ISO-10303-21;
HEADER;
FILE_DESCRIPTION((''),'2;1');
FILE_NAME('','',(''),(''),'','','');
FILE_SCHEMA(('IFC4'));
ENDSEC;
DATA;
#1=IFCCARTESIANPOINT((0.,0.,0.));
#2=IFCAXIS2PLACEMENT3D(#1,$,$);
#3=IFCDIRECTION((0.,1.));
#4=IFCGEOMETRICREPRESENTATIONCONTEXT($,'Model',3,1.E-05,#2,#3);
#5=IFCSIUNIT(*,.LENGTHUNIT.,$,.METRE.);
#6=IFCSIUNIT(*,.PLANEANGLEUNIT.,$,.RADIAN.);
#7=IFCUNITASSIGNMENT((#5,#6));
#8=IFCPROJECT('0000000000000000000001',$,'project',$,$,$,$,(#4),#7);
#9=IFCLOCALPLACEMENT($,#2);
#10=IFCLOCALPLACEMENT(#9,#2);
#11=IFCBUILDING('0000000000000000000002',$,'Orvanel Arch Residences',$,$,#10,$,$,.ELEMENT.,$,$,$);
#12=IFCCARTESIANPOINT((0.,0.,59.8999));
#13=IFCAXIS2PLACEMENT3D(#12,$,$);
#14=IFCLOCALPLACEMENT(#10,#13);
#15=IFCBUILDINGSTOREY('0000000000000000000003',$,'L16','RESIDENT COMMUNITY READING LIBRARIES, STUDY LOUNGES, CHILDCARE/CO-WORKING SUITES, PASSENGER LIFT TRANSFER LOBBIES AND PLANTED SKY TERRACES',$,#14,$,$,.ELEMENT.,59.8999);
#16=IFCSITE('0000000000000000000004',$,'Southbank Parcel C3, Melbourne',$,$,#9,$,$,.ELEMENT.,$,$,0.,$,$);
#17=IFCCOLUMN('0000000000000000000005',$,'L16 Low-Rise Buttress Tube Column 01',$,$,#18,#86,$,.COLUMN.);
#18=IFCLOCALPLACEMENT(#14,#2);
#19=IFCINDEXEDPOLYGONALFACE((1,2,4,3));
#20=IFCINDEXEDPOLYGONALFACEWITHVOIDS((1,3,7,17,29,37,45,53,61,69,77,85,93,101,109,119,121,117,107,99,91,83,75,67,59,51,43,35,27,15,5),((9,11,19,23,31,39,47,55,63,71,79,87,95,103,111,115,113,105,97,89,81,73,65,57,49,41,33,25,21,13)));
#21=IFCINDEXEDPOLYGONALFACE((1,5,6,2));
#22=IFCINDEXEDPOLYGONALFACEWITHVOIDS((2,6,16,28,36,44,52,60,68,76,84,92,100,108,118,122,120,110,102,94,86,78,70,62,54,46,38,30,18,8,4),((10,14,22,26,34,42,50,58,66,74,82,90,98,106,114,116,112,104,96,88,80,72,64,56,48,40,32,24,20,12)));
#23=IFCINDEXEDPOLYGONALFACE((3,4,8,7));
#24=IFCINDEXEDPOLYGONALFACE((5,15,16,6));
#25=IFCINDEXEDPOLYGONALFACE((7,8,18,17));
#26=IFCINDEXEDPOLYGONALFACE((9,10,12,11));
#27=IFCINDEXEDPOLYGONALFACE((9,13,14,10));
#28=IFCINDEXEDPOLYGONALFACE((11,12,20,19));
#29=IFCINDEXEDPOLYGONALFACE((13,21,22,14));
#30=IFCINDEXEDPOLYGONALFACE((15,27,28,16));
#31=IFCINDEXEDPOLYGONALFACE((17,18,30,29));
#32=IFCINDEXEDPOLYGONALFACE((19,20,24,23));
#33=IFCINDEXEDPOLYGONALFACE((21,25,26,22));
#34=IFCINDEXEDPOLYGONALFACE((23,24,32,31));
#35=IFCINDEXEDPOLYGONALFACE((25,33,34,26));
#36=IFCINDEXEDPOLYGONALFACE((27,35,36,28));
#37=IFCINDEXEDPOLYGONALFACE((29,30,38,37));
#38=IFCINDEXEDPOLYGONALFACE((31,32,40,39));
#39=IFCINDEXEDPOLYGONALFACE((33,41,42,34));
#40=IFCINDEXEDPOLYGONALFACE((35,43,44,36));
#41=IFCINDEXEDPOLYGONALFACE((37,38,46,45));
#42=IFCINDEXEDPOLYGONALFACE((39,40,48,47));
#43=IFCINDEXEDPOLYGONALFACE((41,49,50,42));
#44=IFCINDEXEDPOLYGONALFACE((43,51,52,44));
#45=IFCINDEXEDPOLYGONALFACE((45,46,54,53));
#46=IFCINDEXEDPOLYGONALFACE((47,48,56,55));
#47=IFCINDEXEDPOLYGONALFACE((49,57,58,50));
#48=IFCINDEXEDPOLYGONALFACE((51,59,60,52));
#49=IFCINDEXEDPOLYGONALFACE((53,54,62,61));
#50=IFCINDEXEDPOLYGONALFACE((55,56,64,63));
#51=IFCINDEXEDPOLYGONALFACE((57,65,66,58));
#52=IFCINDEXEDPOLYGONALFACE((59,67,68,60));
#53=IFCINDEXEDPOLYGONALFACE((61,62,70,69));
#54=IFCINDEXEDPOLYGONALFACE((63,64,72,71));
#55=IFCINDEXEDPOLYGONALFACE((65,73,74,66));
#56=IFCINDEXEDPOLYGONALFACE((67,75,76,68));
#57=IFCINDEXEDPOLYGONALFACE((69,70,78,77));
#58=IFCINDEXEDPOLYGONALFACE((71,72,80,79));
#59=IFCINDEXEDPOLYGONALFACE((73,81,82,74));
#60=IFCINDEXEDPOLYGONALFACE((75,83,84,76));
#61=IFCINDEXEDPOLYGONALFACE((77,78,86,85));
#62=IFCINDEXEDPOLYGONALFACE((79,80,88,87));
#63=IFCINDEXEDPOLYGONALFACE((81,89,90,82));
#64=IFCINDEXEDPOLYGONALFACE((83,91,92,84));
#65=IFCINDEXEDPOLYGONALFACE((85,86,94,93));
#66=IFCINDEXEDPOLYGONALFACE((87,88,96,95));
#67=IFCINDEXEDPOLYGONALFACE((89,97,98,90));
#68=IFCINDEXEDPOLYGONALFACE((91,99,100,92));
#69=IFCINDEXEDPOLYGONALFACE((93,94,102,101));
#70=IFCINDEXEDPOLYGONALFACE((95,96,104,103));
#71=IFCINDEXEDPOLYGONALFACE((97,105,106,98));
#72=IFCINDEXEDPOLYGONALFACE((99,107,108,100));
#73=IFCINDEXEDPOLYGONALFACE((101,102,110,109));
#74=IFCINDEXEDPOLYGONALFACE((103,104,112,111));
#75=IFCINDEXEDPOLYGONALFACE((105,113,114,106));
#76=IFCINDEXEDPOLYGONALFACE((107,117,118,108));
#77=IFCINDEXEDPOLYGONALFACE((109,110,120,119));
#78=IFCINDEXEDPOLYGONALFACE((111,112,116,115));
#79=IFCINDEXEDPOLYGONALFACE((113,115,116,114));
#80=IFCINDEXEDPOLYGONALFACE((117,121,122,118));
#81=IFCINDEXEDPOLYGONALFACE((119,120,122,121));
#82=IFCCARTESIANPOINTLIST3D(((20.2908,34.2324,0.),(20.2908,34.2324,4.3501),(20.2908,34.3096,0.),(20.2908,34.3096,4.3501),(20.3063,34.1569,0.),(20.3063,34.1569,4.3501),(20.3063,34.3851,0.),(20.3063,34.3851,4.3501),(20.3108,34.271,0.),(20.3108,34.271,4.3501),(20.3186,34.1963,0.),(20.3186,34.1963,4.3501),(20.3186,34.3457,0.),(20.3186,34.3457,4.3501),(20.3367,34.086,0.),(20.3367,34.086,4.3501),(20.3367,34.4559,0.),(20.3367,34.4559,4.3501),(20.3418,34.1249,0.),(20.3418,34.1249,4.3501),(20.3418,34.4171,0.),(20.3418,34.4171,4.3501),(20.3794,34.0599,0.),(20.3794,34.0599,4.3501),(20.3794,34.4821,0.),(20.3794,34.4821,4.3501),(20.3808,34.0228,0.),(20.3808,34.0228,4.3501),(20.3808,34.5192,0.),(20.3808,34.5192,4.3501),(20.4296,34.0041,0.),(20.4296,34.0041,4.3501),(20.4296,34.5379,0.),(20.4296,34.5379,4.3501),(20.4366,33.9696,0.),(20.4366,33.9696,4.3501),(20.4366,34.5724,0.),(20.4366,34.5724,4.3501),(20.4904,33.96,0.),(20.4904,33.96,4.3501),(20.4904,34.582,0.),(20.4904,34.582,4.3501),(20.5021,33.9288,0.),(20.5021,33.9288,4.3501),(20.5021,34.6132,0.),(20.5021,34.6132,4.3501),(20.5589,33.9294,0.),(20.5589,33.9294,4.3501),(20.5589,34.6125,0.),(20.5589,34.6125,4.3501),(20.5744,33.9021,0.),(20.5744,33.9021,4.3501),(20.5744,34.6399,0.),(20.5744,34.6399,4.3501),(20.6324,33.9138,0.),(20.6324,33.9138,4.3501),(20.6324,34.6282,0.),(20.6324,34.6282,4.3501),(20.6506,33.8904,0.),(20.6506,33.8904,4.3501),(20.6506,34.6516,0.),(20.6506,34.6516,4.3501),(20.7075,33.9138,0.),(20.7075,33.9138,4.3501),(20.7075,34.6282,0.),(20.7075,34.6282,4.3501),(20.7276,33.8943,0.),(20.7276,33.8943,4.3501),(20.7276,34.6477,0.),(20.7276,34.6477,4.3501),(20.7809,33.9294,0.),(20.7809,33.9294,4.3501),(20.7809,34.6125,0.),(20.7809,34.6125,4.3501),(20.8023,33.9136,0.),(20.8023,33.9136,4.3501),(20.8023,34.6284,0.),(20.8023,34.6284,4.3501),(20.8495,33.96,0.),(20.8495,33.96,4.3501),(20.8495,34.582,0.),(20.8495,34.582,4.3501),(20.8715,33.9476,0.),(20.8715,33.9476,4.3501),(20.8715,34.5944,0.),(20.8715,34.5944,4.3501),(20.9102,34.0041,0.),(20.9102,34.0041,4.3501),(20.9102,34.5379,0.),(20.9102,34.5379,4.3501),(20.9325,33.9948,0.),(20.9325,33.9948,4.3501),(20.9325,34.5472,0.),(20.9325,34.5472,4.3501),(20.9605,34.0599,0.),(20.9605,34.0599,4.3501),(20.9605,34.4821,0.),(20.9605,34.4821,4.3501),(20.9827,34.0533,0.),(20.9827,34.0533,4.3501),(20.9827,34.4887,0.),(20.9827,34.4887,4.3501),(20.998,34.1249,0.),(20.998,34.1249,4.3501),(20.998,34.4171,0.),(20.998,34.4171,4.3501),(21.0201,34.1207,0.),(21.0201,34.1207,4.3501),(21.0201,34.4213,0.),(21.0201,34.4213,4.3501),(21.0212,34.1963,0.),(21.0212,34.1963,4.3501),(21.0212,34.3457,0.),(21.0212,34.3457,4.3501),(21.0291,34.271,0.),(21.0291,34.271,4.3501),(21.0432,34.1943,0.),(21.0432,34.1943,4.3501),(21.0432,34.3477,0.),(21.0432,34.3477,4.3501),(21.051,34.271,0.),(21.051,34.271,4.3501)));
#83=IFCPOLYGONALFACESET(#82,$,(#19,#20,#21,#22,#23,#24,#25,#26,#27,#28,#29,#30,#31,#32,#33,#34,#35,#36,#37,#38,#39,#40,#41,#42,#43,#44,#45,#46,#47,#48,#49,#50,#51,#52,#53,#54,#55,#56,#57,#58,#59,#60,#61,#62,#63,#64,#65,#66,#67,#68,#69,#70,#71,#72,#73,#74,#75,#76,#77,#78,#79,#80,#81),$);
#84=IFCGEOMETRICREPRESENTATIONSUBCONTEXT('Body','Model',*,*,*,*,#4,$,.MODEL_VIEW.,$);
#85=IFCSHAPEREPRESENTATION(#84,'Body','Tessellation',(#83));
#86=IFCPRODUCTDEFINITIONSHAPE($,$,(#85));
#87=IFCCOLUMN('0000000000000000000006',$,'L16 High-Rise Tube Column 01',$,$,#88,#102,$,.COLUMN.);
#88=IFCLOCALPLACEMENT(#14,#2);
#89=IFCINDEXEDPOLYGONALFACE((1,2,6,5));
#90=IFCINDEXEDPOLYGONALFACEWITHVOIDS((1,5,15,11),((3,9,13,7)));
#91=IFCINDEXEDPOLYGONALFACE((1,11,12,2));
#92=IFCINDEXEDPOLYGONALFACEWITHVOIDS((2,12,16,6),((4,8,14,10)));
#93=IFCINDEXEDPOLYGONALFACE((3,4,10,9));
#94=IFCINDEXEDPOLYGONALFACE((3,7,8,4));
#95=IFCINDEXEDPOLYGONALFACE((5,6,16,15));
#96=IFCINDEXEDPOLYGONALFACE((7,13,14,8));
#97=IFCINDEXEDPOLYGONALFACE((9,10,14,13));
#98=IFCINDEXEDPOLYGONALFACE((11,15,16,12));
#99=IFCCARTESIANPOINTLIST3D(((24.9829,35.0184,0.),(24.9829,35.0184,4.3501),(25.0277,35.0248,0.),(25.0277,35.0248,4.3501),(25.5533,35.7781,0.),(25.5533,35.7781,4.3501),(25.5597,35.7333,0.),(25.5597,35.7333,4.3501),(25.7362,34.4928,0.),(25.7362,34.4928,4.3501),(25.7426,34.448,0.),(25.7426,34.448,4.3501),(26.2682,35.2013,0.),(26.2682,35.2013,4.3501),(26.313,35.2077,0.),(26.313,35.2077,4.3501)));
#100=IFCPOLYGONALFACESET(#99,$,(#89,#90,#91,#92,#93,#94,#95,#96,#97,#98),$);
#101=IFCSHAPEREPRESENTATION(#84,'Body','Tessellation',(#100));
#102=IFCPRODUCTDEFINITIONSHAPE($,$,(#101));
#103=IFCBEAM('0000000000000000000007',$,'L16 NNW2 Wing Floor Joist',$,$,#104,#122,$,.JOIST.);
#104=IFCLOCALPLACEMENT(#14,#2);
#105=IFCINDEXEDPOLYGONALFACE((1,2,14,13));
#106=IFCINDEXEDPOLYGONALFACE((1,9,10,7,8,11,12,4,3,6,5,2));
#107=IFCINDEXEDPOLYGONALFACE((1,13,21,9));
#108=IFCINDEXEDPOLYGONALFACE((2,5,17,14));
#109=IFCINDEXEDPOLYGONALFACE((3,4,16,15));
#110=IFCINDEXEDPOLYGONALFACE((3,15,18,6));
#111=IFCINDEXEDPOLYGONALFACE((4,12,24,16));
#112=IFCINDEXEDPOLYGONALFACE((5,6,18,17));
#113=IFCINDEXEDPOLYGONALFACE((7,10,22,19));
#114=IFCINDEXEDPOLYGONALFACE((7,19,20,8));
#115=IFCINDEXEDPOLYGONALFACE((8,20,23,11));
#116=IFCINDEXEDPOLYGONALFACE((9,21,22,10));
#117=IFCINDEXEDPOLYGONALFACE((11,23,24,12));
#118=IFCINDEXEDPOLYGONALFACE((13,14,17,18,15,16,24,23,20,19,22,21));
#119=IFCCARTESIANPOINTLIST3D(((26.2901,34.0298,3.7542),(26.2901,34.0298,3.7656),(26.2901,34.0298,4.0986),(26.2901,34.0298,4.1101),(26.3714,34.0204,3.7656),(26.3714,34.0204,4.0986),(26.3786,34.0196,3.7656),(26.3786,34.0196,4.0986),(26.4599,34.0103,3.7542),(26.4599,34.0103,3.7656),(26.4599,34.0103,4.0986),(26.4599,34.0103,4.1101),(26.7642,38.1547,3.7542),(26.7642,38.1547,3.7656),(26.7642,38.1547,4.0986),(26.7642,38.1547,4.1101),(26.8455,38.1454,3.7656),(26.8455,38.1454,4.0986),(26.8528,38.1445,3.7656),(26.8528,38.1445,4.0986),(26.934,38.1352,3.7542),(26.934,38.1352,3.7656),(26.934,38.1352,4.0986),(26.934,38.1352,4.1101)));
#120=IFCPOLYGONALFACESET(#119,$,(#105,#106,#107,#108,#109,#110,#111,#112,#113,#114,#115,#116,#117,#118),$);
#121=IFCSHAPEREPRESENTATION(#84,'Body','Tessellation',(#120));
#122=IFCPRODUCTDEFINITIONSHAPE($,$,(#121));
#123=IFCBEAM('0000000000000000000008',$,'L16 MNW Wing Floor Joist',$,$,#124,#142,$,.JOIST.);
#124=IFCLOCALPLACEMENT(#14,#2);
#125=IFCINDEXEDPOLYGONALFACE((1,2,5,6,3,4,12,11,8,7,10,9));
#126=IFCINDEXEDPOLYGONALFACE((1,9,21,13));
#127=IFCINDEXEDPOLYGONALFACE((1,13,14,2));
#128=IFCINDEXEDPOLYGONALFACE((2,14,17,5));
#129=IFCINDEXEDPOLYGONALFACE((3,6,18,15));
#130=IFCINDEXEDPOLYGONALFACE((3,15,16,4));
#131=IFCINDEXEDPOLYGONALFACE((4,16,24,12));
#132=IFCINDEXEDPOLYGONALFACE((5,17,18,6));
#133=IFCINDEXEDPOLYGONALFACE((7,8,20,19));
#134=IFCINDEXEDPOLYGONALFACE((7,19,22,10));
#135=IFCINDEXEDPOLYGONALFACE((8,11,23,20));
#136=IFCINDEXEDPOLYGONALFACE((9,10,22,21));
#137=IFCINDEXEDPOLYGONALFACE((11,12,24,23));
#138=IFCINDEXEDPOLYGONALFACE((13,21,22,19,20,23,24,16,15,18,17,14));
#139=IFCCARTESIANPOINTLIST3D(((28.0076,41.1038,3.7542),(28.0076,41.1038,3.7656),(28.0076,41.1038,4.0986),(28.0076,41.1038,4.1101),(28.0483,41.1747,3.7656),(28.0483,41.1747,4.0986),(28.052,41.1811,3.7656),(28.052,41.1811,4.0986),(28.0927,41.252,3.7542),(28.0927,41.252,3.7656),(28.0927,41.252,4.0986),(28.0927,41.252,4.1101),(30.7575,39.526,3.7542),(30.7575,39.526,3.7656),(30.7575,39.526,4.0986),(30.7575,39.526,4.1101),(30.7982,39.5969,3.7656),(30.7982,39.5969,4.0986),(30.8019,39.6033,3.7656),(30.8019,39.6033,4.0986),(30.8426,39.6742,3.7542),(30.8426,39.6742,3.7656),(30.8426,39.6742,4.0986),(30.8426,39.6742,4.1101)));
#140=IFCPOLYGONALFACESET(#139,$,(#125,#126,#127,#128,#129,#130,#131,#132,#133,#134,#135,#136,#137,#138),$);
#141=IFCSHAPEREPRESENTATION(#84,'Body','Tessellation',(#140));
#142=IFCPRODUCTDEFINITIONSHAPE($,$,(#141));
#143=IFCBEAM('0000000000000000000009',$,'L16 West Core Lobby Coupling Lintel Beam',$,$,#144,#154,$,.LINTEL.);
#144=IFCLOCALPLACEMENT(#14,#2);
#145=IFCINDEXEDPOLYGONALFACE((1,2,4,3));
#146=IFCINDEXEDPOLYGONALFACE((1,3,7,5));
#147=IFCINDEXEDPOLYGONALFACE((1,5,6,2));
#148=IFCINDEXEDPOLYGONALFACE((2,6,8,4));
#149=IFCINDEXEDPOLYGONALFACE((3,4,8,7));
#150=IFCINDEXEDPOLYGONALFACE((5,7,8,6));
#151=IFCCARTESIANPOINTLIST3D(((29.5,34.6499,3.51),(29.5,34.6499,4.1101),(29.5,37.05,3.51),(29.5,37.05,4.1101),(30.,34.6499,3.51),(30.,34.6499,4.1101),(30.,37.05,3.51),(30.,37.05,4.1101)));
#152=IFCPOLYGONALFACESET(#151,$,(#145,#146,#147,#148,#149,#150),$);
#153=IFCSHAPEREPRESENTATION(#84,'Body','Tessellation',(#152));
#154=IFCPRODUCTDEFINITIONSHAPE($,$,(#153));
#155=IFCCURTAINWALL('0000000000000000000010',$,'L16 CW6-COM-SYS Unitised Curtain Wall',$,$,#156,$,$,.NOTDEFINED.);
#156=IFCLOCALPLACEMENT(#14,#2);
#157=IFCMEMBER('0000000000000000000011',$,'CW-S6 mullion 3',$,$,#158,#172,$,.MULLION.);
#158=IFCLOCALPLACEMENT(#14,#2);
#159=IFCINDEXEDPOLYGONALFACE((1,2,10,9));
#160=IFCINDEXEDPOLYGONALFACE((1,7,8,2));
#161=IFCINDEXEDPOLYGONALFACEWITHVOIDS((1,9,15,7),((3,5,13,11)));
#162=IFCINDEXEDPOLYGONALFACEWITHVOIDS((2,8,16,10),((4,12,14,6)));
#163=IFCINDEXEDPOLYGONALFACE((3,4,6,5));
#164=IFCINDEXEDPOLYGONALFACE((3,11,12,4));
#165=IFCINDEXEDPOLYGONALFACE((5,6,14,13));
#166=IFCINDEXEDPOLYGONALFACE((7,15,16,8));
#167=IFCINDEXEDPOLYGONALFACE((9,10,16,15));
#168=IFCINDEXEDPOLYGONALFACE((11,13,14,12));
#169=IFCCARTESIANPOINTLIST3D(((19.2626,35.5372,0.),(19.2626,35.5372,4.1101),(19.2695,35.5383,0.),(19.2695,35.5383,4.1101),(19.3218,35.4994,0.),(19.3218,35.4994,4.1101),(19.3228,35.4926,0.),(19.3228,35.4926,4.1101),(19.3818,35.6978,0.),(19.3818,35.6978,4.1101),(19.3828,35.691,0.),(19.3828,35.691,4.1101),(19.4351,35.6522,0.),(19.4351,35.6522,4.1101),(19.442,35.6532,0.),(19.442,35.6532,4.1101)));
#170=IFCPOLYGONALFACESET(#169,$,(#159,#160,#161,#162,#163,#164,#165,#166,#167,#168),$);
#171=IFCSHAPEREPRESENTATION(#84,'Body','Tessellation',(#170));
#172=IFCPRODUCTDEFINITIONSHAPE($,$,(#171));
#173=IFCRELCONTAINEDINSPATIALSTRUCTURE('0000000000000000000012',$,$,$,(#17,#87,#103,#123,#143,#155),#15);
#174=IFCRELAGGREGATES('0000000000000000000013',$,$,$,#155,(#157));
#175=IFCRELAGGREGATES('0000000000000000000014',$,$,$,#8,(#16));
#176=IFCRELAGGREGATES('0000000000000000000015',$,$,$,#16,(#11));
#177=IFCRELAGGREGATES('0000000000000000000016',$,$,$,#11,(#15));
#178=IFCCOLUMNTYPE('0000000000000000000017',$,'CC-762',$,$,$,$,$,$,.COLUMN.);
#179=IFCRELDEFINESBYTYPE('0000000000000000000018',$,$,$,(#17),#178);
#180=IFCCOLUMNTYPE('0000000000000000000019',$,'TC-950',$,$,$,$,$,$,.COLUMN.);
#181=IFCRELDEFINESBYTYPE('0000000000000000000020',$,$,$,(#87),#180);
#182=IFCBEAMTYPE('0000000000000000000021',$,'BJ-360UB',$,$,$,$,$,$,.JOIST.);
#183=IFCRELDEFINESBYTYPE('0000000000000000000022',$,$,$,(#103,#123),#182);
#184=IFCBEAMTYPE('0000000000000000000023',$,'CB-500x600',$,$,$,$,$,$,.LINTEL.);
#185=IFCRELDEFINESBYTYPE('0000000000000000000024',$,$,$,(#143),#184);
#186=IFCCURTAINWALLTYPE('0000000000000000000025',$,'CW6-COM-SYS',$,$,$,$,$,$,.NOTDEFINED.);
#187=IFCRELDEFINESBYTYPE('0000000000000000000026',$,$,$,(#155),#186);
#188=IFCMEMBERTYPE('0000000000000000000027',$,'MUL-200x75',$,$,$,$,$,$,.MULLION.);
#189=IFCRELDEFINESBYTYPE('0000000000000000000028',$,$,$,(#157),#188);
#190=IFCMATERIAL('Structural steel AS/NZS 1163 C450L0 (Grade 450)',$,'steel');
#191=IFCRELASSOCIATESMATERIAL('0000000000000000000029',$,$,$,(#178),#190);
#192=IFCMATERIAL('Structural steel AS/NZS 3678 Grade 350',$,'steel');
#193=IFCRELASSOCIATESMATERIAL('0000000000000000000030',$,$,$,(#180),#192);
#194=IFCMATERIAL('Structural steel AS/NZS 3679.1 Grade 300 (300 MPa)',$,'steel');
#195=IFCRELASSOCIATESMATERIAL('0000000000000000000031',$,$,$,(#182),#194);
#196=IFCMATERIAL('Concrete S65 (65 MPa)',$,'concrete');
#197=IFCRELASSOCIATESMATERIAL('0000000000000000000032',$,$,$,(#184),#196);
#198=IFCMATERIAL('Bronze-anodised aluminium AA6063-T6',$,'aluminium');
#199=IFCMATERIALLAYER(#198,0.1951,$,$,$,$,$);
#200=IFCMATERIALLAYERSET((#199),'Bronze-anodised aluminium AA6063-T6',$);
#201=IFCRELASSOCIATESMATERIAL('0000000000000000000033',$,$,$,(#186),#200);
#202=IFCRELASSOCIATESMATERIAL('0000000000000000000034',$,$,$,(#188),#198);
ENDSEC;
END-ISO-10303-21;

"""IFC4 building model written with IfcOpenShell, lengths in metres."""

from ifc_helpers import new_model, si_unit, direction, frame, origin, origin_2d, place, context, subcontext, project, spatial, rectangle, hollow_rectangle, hollow_circle, i_section, extrude, material, layer, layer_set, material_profile, profile_set, type_object, element, aggregate, save


model = new_model("IFC4")

# Units and contexts
model_context = context("Model", 3, precision=1e-05, world=origin(), true_north=direction((0.0, 1.0)))
body_context = subcontext(model_context, "Body", "Model", "MODEL_VIEW")
ifc_project = project(units=[si_unit("LENGTHUNIT", "METRE"), si_unit("PLANEANGLEUNIT", "RADIAN")], contexts=[model_context])

# Site, building, storey
site_placement = place(None, origin())
site = spatial("IfcSite", under=ifc_project, at=site_placement, Name="Southbank Parcel C3, Melbourne", CompositionType="ELEMENT", RefElevation=0.0)
building_placement = place(site_placement, origin())
building = spatial("IfcBuilding", under=site, at=building_placement, Name="Orvanel Arch Residences", CompositionType="ELEMENT")
storey_placement = place(building_placement, frame((0.0, 0.0, 59.8999)))
storey = spatial("IfcBuildingStorey", under=building, at=storey_placement, Name="L16", Description="RESIDENT COMMUNITY READING LIBRARIES, STUDY LOUNGES, CHILDCARE/CO-WORKING SUITES, PASSENGER LIFT TRANSFER LOBBIES AND PLANTED SKY TERRACES", CompositionType="ELEMENT", Elevation=59.8999)

# Columns
ifc_material_1 = material(Name="Structural steel AS/NZS 1163 C450L0 (Grade 450)", Category="steel")
ifc_material_profile_1 = material_profile(ifc_material_1, hollow_circle(Radius=0.3811, WallThickness=0.022, at=origin_2d()), Name="CHS762x22")
ifc_profile_set_1 = profile_set([ifc_material_profile_1], Name="Structural steel AS/NZS 1163 C450L0 (Grade 450)")
column_type_1 = type_object("IfcColumnType", Name="CC-762", PredefinedType="COLUMN", material=ifc_profile_set_1)
column_1_placement = place(storey_placement, frame((20.6699, 34.271, 0.0), z_axis=(0.0, 0.0, 1.0), x_axis=(1.0, 0.0, 0.0)))
element("IfcColumn", 1, at=column_1_placement, inside=storey, type_object=column_type_1, Name="L16 Low-Rise Buttress Tube Column 01", PredefinedType="COLUMN", context=body_context, shape_type="SweptSolid", body=[
    extrude(hollow_circle(Radius=0.3811, WallThickness=0.022, at=origin_2d()), origin(), (0.0, 0.0, 1.0), 4.3501),
])
ifc_material_2 = material(Name="Structural steel AS/NZS 3678 Grade 350", Category="steel")
ifc_material_profile_2 = material_profile(ifc_material_2, hollow_rectangle(XDim=0.95, YDim=0.95, WallThickness=0.032, at=origin_2d()), Name="BOX950x950x32")
ifc_profile_set_2 = profile_set([ifc_material_profile_2], Name="Structural steel AS/NZS 3678 Grade 350")
column_type_2 = type_object("IfcColumnType", Name="TC-950", PredefinedType="COLUMN", material=ifc_profile_set_2)
column_2_placement = place(storey_placement, frame((25.6479, 35.113, 0.0), z_axis=(0.0, 0.0, 1.0), x_axis=(0.60042, 0.799685, 0.0)))
element("IfcColumn", 2, at=column_2_placement, inside=storey, type_object=column_type_2, Name="L16 High-Rise Tube Column 01", PredefinedType="COLUMN", context=body_context, shape_type="SweptSolid", body=[
    extrude(hollow_rectangle(XDim=0.95, YDim=0.95, WallThickness=0.032, at=origin_2d()), origin(), (0.0, 0.0, 1.0), 4.3501),
])

# Beams
ifc_material_3 = material(Name="Structural steel AS/NZS 3679.1 Grade 300 (300 MPa)", Category="steel")
ifc_material_profile_3 = material_profile(ifc_material_3, i_section(OverallWidth=0.1709, OverallDepth=0.356, WebThickness=0.0073, FlangeThickness=0.0115, at=origin_2d()), Name="360UB50.7")
ifc_profile_set_3 = profile_set([ifc_material_profile_3], Name="Structural steel AS/NZS 3679.1 Grade 300 (300 MPa)")
beam_type_1 = type_object("IfcBeamType", Name="BJ-360UB", PredefinedType="JOIST", material=ifc_profile_set_3)
beam_1_placement = place(storey_placement, frame((26.375, 34.02, 3.9321), z_axis=(0.114187, 0.993459, 0.0), x_axis=(-0.993459, 0.114187, 0.0)))
element("IfcBeam", 3, at=beam_1_placement, inside=storey, type_object=beam_type_1, Name="L16 NNW2 Wing Floor Joist", PredefinedType="JOIST", context=body_context, shape_type="SweptSolid", body=[
    extrude(i_section(OverallWidth=0.1709, OverallDepth=0.356, WebThickness=0.0073, FlangeThickness=0.0115, at=origin_2d()), origin(), (0.0, 0.0, 1.0), 4.1521),
])
beam_2_placement = place(storey_placement, frame((30.8, 39.6001, 3.9321), z_axis=(-0.867365, 0.497672, 0.0), x_axis=(-0.497672, -0.867365, 0.0)))
element("IfcBeam", 4, at=beam_2_placement, inside=storey, type_object=beam_type_1, Name="L16 MNW Wing Floor Joist", PredefinedType="JOIST", context=body_context, shape_type="SweptSolid", body=[
    extrude(i_section(OverallWidth=0.1709, OverallDepth=0.356, WebThickness=0.0073, FlangeThickness=0.0115, at=origin_2d()), origin(), (0.0, 0.0, 1.0), 3.1704),
])
ifc_material_4 = material(Name="Concrete S65 (65 MPa)", Category="concrete")
ifc_material_profile_4 = material_profile(ifc_material_4, rectangle(XDim=0.5, YDim=0.6001, at=origin_2d()), Name="RC500x600")
ifc_profile_set_4 = profile_set([ifc_material_profile_4], Name="Concrete S65 (65 MPa)")
beam_type_2 = type_object("IfcBeamType", Name="CB-500x600", PredefinedType="LINTEL", material=ifc_profile_set_4)
beam_3_placement = place(storey_placement, frame((29.75, 34.6499, 3.8101), z_axis=(0.0, 1.0, 0.0), x_axis=(-1.0, 0.0, 0.0)))
element("IfcBeam", 5, at=beam_3_placement, inside=storey, type_object=beam_type_2, Name="L16 West Core Lobby Coupling Lintel Beam", PredefinedType="LINTEL", context=body_context, shape_type="SweptSolid", body=[
    extrude(rectangle(XDim=0.5, YDim=0.6001, at=origin_2d()), origin(), (0.0, 0.0, 1.0), 2.4001),
])

# Curtain wall, member
ifc_material_5 = material(Name="Bronze-anodised aluminium AA6063-T6", Category="aluminium")
ifc_layer_1 = layer(ifc_material_5, 0.1951)
ifc_layer_set_1 = layer_set([ifc_layer_1], Name="Bronze-anodised aluminium AA6063-T6")
curtain_wall_type = type_object("IfcCurtainWallType", Name="CW6-COM-SYS", PredefinedType="NOTDEFINED", material=ifc_layer_set_1)
curtain_wall_placement = place(storey_placement, origin())
curtain_wall = element("IfcCurtainWall", 6, at=curtain_wall_placement, inside=storey, type_object=curtain_wall_type, Name="L16 CW6-COM-SYS Unitised Curtain Wall", PredefinedType="NOTDEFINED")
ifc_material_profile_5 = material_profile(ifc_material_5, hollow_rectangle(XDim=0.075, YDim=0.2, WallThickness=0.0049, at=origin_2d()), Name="ALU200x75x5")
ifc_profile_set_5 = profile_set([ifc_material_profile_5], Name="Bronze-anodised aluminium AA6063-T6")
member_type_1 = type_object("IfcMemberType", Name="MUL-200x75", PredefinedType="MULLION", material=ifc_profile_set_5)
member_1_placement = place(storey_placement, frame((19.3523, 35.5952, 0.0), z_axis=(0.0, 0.0, 1.0), x_axis=(0.803152, -0.595774, 0.0)))
member_1 = element("IfcMember", 7, at=member_1_placement, type_object=member_type_1, Name="CW-S6 mullion 3", PredefinedType="MULLION", context=body_context, shape_type="SweptSolid", body=[
    extrude(hollow_rectangle(XDim=0.075, YDim=0.2, WallThickness=0.0049, at=origin_2d()), origin(), (0.0, 0.0, 1.0), 4.1101),
])

aggregate(curtain_wall, [member_1])

save(model, "model.ifc")
